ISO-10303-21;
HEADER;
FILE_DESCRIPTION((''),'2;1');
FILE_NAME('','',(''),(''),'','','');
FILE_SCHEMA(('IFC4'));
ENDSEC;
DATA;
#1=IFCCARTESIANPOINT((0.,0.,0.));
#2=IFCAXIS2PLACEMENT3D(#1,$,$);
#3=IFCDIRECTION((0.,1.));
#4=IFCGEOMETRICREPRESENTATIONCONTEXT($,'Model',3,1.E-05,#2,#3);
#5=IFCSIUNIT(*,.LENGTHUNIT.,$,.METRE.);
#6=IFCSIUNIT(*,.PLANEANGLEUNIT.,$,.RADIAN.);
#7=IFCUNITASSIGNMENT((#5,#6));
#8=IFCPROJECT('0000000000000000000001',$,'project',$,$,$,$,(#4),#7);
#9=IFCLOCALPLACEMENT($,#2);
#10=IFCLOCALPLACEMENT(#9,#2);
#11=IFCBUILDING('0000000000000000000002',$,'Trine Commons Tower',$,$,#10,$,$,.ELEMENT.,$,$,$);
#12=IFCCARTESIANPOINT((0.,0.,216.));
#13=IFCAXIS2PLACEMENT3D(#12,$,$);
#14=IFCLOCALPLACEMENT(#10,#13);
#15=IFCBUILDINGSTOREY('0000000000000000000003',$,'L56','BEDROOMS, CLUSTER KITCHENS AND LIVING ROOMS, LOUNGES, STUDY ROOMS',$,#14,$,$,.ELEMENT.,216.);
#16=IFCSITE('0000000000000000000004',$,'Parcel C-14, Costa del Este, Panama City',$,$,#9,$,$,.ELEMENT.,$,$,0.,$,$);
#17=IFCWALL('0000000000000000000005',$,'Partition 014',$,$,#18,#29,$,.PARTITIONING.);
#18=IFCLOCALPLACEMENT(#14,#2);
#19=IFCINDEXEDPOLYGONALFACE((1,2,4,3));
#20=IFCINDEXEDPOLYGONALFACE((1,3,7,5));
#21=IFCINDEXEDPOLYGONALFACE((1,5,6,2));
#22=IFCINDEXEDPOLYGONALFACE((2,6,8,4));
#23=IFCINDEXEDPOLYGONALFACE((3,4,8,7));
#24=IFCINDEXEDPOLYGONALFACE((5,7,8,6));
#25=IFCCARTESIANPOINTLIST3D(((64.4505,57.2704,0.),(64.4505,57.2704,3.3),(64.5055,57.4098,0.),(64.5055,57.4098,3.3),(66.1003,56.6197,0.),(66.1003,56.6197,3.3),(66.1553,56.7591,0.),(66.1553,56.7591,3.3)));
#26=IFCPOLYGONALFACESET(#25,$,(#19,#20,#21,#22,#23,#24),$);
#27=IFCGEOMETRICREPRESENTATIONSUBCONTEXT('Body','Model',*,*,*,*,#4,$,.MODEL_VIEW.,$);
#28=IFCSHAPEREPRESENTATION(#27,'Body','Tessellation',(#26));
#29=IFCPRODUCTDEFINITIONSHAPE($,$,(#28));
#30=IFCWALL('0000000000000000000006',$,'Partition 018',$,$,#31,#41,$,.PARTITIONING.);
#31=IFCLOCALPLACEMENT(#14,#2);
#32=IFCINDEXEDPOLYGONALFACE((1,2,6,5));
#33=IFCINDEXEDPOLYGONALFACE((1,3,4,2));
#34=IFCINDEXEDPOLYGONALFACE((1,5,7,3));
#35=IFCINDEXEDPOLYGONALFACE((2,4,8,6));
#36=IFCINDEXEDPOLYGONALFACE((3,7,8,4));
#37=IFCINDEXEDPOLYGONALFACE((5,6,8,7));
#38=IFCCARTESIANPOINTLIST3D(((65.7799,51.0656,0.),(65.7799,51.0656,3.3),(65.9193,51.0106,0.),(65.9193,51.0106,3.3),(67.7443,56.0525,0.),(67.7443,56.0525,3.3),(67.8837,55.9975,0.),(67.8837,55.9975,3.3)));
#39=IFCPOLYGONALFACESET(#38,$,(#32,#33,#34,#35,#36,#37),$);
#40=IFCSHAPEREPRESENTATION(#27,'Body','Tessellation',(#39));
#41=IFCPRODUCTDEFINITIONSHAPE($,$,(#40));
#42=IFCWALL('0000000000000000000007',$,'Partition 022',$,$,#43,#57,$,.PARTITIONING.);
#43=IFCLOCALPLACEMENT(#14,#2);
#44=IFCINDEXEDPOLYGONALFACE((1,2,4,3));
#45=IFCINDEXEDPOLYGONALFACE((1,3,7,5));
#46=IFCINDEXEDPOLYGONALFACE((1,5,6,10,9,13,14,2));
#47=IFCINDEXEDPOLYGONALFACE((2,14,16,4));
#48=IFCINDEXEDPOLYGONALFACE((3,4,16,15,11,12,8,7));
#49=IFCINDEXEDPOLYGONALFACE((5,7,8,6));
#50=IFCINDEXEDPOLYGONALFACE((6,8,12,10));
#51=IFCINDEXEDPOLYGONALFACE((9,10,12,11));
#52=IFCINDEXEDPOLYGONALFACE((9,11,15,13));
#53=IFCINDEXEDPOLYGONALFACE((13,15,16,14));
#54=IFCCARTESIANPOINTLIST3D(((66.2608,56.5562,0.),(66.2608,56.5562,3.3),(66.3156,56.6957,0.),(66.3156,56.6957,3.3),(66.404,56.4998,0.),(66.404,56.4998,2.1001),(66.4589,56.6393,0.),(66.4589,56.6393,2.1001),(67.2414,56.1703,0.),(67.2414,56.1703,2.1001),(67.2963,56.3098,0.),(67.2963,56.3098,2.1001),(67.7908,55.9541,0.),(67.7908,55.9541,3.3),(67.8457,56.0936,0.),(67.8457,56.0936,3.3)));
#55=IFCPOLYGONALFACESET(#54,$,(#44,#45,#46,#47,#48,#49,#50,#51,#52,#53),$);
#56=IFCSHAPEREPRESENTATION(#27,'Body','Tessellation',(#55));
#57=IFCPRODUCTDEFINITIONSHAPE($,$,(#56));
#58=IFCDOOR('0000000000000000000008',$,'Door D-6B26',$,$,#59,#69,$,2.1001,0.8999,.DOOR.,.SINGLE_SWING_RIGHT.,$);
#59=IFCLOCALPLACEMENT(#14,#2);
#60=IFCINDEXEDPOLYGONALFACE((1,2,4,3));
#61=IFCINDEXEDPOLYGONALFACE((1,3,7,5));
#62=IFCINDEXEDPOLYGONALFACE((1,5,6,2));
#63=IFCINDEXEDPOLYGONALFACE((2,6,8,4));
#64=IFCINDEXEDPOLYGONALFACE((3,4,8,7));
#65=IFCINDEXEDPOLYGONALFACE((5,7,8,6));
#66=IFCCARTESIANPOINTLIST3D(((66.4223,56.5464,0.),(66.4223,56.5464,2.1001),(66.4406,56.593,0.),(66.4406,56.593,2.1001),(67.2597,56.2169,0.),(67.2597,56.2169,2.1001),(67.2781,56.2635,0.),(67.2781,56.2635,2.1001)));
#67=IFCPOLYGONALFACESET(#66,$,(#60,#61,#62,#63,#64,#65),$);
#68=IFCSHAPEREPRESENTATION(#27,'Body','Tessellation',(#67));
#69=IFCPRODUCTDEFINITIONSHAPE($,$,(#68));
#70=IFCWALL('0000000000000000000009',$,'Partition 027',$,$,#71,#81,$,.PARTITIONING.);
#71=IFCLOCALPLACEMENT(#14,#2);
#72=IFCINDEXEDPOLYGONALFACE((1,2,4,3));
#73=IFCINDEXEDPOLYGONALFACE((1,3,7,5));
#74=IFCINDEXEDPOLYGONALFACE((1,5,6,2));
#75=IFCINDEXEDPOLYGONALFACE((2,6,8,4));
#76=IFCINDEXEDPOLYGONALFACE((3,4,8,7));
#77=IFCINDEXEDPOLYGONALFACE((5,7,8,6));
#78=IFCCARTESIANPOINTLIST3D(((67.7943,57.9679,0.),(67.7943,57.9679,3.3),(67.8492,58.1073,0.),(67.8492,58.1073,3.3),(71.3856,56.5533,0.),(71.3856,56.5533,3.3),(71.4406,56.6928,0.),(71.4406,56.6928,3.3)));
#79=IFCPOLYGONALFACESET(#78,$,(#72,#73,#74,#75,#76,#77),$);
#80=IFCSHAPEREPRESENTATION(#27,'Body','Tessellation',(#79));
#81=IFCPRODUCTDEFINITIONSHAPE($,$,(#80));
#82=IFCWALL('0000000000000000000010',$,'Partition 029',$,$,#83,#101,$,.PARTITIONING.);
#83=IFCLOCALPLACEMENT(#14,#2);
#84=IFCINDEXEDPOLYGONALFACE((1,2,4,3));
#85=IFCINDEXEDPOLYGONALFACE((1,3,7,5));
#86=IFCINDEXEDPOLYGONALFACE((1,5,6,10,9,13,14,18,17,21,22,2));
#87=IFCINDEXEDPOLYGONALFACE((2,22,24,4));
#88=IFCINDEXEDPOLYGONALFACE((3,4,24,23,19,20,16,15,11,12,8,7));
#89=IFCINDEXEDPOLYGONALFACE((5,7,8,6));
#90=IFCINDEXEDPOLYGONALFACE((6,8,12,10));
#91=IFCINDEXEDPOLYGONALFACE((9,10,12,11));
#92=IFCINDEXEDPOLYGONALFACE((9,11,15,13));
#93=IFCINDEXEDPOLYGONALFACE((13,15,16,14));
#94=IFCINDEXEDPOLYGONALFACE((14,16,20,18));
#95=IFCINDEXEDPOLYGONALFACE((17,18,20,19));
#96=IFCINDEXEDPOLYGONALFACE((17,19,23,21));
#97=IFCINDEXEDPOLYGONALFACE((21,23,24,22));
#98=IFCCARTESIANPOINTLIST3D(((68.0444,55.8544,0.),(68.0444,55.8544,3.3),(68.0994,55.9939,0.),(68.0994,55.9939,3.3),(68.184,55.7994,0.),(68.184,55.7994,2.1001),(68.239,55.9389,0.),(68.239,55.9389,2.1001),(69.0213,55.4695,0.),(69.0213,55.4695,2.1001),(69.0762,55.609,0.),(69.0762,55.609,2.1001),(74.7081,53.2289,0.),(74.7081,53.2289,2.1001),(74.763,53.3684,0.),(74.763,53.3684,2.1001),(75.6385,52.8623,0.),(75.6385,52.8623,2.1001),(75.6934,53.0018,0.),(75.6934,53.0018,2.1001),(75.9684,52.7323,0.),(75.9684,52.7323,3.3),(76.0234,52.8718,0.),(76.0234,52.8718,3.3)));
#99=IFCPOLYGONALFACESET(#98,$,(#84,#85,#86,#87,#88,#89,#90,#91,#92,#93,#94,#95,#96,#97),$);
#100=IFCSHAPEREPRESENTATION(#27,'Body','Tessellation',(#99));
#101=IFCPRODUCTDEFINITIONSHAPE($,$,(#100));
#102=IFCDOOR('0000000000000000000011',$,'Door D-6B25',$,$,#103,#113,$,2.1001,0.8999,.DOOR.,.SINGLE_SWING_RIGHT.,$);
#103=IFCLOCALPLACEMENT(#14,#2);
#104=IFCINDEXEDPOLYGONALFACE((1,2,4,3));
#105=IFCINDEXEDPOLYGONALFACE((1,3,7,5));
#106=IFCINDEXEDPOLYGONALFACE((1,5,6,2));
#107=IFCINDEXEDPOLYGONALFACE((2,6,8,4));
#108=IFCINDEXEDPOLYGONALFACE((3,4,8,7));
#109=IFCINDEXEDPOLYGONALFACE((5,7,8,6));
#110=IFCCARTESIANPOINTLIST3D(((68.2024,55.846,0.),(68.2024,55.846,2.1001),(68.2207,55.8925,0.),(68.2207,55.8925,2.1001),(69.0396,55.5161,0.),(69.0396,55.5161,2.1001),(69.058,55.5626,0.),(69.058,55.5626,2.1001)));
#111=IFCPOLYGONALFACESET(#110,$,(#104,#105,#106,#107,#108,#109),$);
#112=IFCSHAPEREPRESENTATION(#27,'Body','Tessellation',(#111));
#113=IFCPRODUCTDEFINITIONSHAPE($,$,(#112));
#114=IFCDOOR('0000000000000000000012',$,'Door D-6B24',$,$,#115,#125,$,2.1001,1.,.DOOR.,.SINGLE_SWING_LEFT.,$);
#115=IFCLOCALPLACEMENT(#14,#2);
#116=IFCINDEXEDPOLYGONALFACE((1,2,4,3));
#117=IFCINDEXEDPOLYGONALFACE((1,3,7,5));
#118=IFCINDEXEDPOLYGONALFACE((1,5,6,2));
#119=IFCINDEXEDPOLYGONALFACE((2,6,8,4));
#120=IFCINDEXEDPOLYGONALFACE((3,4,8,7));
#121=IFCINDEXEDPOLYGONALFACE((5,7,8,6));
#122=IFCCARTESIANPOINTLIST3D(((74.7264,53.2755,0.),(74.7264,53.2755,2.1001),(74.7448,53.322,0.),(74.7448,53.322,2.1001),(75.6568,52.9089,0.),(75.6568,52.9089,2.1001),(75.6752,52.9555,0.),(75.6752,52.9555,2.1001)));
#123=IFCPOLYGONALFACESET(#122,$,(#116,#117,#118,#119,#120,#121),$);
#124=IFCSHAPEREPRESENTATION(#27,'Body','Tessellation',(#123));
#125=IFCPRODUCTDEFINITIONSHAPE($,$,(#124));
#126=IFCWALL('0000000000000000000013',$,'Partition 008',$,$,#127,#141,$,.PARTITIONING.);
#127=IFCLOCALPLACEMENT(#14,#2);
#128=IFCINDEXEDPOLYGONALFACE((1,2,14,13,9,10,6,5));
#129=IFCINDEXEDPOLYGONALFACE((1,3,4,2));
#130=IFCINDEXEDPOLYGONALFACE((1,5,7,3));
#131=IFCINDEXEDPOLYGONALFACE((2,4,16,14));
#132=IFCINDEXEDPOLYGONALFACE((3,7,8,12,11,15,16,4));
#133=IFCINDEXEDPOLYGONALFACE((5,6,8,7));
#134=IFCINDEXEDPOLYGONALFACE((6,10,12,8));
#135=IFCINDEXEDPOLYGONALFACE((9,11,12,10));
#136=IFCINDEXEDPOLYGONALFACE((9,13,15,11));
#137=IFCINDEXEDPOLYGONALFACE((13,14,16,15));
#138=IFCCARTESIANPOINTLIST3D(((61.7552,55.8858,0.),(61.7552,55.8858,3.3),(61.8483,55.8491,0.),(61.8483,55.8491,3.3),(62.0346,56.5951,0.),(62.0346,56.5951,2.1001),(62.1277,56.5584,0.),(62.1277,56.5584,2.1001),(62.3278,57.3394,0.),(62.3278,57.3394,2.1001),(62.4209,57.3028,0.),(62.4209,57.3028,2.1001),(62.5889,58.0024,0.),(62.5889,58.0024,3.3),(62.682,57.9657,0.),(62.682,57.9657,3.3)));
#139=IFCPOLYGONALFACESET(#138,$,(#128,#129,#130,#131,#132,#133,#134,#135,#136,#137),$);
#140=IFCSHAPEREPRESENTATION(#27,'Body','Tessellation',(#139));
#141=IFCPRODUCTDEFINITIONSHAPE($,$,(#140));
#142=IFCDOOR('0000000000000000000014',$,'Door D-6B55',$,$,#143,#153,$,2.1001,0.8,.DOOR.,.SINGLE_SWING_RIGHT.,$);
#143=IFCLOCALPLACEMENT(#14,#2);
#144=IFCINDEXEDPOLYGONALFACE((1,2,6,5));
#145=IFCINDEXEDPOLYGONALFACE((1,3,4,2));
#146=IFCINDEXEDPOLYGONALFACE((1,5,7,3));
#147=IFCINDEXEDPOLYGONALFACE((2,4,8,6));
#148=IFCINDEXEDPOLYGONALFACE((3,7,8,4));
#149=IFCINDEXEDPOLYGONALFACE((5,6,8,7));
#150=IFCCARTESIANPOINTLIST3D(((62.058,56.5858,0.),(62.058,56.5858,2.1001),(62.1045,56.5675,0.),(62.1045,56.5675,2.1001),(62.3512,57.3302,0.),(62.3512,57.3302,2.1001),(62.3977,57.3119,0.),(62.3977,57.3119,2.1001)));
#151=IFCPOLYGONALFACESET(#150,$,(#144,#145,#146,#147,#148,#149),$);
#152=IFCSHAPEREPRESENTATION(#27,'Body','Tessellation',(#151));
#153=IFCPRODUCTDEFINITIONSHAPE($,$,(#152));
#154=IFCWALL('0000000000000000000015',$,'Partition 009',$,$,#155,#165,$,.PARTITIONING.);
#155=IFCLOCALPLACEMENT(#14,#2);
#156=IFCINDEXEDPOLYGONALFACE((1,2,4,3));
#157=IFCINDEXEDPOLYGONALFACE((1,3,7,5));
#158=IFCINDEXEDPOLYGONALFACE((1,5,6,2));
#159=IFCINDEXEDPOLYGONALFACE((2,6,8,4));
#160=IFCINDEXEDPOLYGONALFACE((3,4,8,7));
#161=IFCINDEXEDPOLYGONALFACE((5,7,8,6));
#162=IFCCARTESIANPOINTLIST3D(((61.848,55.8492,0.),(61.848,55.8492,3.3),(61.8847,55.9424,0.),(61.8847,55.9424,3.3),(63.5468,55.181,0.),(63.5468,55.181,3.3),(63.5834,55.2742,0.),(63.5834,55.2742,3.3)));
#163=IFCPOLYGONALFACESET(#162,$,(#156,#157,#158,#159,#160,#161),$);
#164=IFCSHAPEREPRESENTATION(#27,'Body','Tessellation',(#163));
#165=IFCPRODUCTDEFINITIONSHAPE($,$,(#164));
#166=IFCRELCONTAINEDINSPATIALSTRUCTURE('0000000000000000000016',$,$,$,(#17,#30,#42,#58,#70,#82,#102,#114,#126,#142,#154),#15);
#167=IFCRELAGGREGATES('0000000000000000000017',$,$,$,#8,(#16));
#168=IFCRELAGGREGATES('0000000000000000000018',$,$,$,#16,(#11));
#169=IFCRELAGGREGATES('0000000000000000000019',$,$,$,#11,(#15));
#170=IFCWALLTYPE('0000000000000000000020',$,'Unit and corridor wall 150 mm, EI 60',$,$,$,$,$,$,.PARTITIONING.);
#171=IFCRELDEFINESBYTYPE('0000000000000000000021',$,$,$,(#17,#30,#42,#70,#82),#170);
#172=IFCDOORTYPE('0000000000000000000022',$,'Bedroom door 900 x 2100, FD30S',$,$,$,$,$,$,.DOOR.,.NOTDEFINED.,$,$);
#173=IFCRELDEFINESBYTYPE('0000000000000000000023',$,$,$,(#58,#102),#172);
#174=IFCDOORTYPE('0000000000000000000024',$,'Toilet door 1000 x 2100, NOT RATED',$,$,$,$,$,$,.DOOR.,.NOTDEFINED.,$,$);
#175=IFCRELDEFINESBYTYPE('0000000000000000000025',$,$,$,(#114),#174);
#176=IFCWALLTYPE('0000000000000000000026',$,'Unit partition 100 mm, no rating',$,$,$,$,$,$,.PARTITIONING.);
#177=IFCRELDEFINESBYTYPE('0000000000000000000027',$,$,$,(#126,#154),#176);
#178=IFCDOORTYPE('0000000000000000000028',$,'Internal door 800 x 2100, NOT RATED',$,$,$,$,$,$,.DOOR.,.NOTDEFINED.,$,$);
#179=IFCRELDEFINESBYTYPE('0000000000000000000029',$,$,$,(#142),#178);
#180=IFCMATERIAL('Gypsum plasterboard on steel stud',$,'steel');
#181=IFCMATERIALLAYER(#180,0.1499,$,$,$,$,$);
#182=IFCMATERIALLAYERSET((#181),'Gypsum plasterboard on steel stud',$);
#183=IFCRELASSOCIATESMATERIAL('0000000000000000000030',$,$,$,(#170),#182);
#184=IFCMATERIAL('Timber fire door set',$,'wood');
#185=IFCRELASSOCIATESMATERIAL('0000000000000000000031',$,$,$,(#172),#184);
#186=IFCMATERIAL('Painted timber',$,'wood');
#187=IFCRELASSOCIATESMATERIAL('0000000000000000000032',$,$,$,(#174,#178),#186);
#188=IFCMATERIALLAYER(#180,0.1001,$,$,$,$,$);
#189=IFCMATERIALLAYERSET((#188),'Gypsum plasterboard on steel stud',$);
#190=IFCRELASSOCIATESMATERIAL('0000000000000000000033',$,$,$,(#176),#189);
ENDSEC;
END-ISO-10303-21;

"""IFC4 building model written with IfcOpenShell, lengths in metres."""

from ifc_helpers import new_model, si_unit, direction, frame, frame_2d, origin, place, context, subcontext, project, spatial, rectangle, extrude, material, layer, layer_set, type_object, element, fill, save


model = new_model("IFC4")

# Units and contexts
model_context = context("Model", 3, precision=1e-05, world=origin(), true_north=direction((0.0, 1.0)))
body_context = subcontext(model_context, "Body", "Model", "MODEL_VIEW")
ifc_project = project(units=[si_unit("LENGTHUNIT", "METRE"), si_unit("PLANEANGLEUNIT", "RADIAN")], contexts=[model_context])

# Site, building, storey
site_placement = place(None, origin())
site = spatial("IfcSite", under=ifc_project, at=site_placement, Name="Parcel C-14, Costa del Este, Panama City", CompositionType="ELEMENT", RefElevation=0.0)
building_placement = place(site_placement, origin())
building = spatial("IfcBuilding", under=site, at=building_placement, Name="Trine Commons Tower", CompositionType="ELEMENT")
storey_placement = place(building_placement, frame((0.0, 0.0, 216.0)))
storey = spatial("IfcBuildingStorey", under=building, at=storey_placement, Name="L56", Description="BEDROOMS, CLUSTER KITCHENS AND LIVING ROOMS, LOUNGES, STUDY ROOMS", CompositionType="ELEMENT", Elevation=216.0)

# Shared definitions
ifc_material_1 = material(Name="Gypsum plasterboard on steel stud", Category="steel")
ifc_layer_1 = layer(ifc_material_1, 0.1499)
ifc_layer_set_1 = layer_set([ifc_layer_1], Name="Gypsum plasterboard on steel stud")
wall_type_1 = type_object("IfcWallType", Name="Unit and corridor wall 150 mm, EI 60", PredefinedType="PARTITIONING", material=ifc_layer_set_1)
ifc_material_2 = material(Name="Timber fire door set", Category="wood")
door_type_1 = type_object("IfcDoorType", Name="Bedroom door 900 x 2100, FD30S", OperationType="NOTDEFINED", PredefinedType="DOOR", material=ifc_material_2)

# Walls
wall_1_placement = place(storey_placement, frame((64.478, 57.3401, 0.0), z_axis=(0.0, 0.0, 1.0), x_axis=(0.93026, -0.3669, 0.0)))
element("IfcWall", 1, at=wall_1_placement, inside=storey, type_object=wall_type_1, Name="Partition 014", PredefinedType="PARTITIONING", context=body_context, shape_type="SweptSolid", body=[
    extrude(rectangle(XDim=1.7734, YDim=0.1499, at=frame_2d((0.8867, 0.0))), origin(), (0.0, 0.0, 1.0), 3.3),
])
wall_2_placement = place(storey_placement, frame((65.8496, 51.0381, 0.0), z_axis=(0.0, 0.0, 1.0), x_axis=(0.366501, 0.930418, 0.0)))
element("IfcWall", 2, at=wall_2_placement, inside=storey, type_object=wall_type_1, Name="Partition 018", PredefinedType="PARTITIONING", context=body_context, shape_type="SweptSolid", body=[
    extrude(rectangle(XDim=5.3599, YDim=0.1499, at=frame_2d((2.6799, 0.0))), origin(), (0.0, 0.0, 1.0), 3.3),
])

# Wall, opening, door
wall_3_placement = place(storey_placement, frame((66.2881, 56.626, 0.0), z_axis=(0.0, 0.0, 1.0), x_axis=(0.930551, -0.366162, 0.0)))
wall_3 = element("IfcWall", 3, at=wall_3_placement, inside=storey, type_object=wall_type_1, Name="Partition 022", PredefinedType="PARTITIONING", context=body_context, shape_type="SweptSolid", body=[
    extrude(rectangle(XDim=1.6443, YDim=0.1499, at=frame_2d((0.8223, 0.0))), origin(), (0.0, 0.0, 1.0), 3.3),
])
opening_1_placement = place(wall_3_placement, frame((0.1541, 0.0, 0.0)))
opening_1 = element("IfcOpeningElement", 4, at=opening_1_placement, cuts=wall_3, PredefinedType="OPENING", context=body_context, shape_type="SweptSolid", body=[
    extrude(rectangle(XDim=0.8999, YDim=2.1001, at=frame_2d((0.45, 1.05))), frame((0.0, 0.085, 0.0), z_axis=(0.0, -1.0, 0.0), x_axis=(1.0, 0.0, 0.0)), (0.0, 0.0, 1.0), 0.1699),
])
door_1_placement = place(opening_1_placement, frame((0.8999, 0.0, 0.0), z_axis=(0.0, 0.0, 1.0), x_axis=(-1.0, 0.0, 0.0)))
door_1 = element("IfcDoor", 5, at=door_1_placement, inside=storey, type_object=door_type_1, Name="Door D-6B26", OperationType="SINGLE_SWING_RIGHT", OverallHeight=2.1001, OverallWidth=0.8999, PredefinedType="DOOR", context=body_context, shape_type="SweptSolid", body=[
    extrude(rectangle(XDim=0.8999, YDim=2.1001, at=frame_2d((0.45, 1.05))), frame((0.0, 0.0249, 0.0), z_axis=(0.0, -1.0, 0.0), x_axis=(1.0, 0.0, 0.0)), (0.0, 0.0, 1.0), 0.05),
])
fill(opening_1, door_1)

# Wall
wall_4_placement = place(storey_placement, frame((67.8218, 58.0376, 0.0), z_axis=(0.0, 0.0, 1.0), x_axis=(0.930427, -0.366478, 0.0)))
element("IfcWall", 6, at=wall_4_placement, inside=storey, type_object=wall_type_1, Name="Partition 027", PredefinedType="PARTITIONING", context=body_context, shape_type="SweptSolid", body=[
    extrude(rectangle(XDim=3.8599, YDim=0.1499, at=frame_2d((1.9299, 0.0))), origin(), (0.0, 0.0, 1.0), 3.3),
])

# Wall, openings, doors
wall_5_placement = place(storey_placement, frame((68.072, 55.9241, 0.0), z_axis=(0.0, 0.0, 1.0), x_axis=(0.93039, -0.366572, 0.0)))
wall_5 = element("IfcWall", 7, at=wall_5_placement, inside=storey, type_object=wall_type_1, Name="Partition 029", PredefinedType="PARTITIONING", context=body_context, shape_type="SweptSolid", body=[
    extrude(rectangle(XDim=8.5168, YDim=0.1499, at=frame_2d((4.2583, 0.0))), origin(), (0.0, 0.0, 1.0), 3.3),
])
opening_2_placement = place(wall_5_placement, frame((7.1621, 0.0, 0.0)))
opening_2 = element("IfcOpeningElement", 8, at=opening_2_placement, cuts=wall_5, PredefinedType="OPENING", context=body_context, shape_type="SweptSolid", body=[
    extrude(rectangle(XDim=1.0, YDim=2.1001, at=frame_2d((0.5, 1.05))), frame((0.0, 0.085, 0.0), z_axis=(0.0, -1.0, 0.0), x_axis=(1.0, 0.0, 0.0)), (0.0, 0.0, 1.0), 0.1699),
])
opening_3_placement = place(wall_5_placement, frame((0.1499, 0.0, 0.0)))
opening_3 = element("IfcOpeningElement", 9, at=opening_3_placement, cuts=wall_5, PredefinedType="OPENING", context=body_context, shape_type="SweptSolid", body=[
    extrude(rectangle(XDim=0.8999, YDim=2.1001, at=frame_2d((0.45, 1.05))), frame((0.0, 0.085, 0.0), z_axis=(0.0, -1.0, 0.0), x_axis=(1.0, 0.0, 0.0)), (0.0, 0.0, 1.0), 0.1699),
])
door_2_placement = place(opening_3_placement, frame((0.8999, 0.0, 0.0), z_axis=(0.0, 0.0, 1.0), x_axis=(-1.0, 0.0, 0.0)))
door_2 = element("IfcDoor", 10, at=door_2_placement, inside=storey, type_object=door_type_1, Name="Door D-6B25", OperationType="SINGLE_SWING_RIGHT", OverallHeight=2.1001, OverallWidth=0.8999, PredefinedType="DOOR", context=body_context, shape_type="SweptSolid", body=[
    extrude(rectangle(XDim=0.8999, YDim=2.1001, at=frame_2d((0.45, 1.05))), frame((0.0, 0.0249, 0.0), z_axis=(0.0, -1.0, 0.0), x_axis=(1.0, 0.0, 0.0)), (0.0, 0.0, 1.0), 0.05),
])
fill(opening_3, door_2)
ifc_material_3 = material(Name="Painted timber", Category="wood")
door_type_2 = type_object("IfcDoorType", Name="Toilet door 1000 x 2100, NOT RATED", OperationType="NOTDEFINED", PredefinedType="DOOR", material=ifc_material_3)
door_3_placement = place(opening_2_placement, frame((1.0, 0.0, 0.0), z_axis=(0.0, 0.0, 1.0), x_axis=(-1.0, 0.0, 0.0)))
door_3 = element("IfcDoor", 11, at=door_3_placement, inside=storey, type_object=door_type_2, Name="Door D-6B24", OperationType="SINGLE_SWING_LEFT", OverallHeight=2.1001, OverallWidth=1.0, PredefinedType="DOOR", context=body_context, shape_type="SweptSolid", body=[
    extrude(rectangle(XDim=1.0, YDim=2.1001, at=frame_2d((0.5, 1.05))), frame((0.0, 0.0249, 0.0), z_axis=(0.0, -1.0, 0.0), x_axis=(1.0, 0.0, 0.0)), (0.0, 0.0, 1.0), 0.05),
])
fill(opening_2, door_3)

# Wall, opening, door
ifc_layer_2 = layer(ifc_material_1, 0.1001)
ifc_layer_set_2 = layer_set([ifc_layer_2], Name="Gypsum plasterboard on steel stud")
wall_type_2 = type_object("IfcWallType", Name="Unit partition 100 mm, no rating", PredefinedType="PARTITIONING", material=ifc_layer_set_2)
wall_6_placement = place(storey_placement, frame((61.8018, 55.8674, 0.0), z_axis=(0.0, 0.0, 1.0), x_axis=(0.366482, 0.930425, 0.0)))
wall_6 = element("IfcWall", 12, at=wall_6_placement, inside=storey, type_object=wall_type_2, Name="Partition 008", PredefinedType="PARTITIONING", context=body_context, shape_type="SweptSolid", body=[
    extrude(rectangle(XDim=2.2749, YDim=0.1001, at=frame_2d((1.1375, 0.0))), origin(), (0.0, 0.0, 1.0), 3.3),
])
opening_4_placement = place(wall_6_placement, frame((0.7625, 0.0, 0.0)))
opening_4 = element("IfcOpeningElement", 13, at=opening_4_placement, cuts=wall_6, PredefinedType="OPENING", context=body_context, shape_type="SweptSolid", body=[
    extrude(rectangle(XDim=0.8, YDim=2.1001, at=frame_2d((0.3999, 1.05))), frame((0.0, 0.0601, 0.0), z_axis=(0.0, -1.0, 0.0), x_axis=(1.0, 0.0, 0.0)), (0.0, 0.0, 1.0), 0.1201),
])
door_type_3 = type_object("IfcDoorType", Name="Internal door 800 x 2100, NOT RATED", OperationType="NOTDEFINED", PredefinedType="DOOR", material=ifc_material_3)
door_4_placement = place(opening_4_placement, origin())
door_4 = element("IfcDoor", 14, at=door_4_placement, inside=storey, type_object=door_type_3, Name="Door D-6B55", OperationType="SINGLE_SWING_RIGHT", OverallHeight=2.1001, OverallWidth=0.8, PredefinedType="DOOR", context=body_context, shape_type="SweptSolid", body=[
    extrude(rectangle(XDim=0.8, YDim=2.1001, at=frame_2d((0.3999, 1.05))), frame((0.0, 0.0249, 0.0), z_axis=(0.0, -1.0, 0.0), x_axis=(1.0, 0.0, 0.0)), (0.0, 0.0, 1.0), 0.05),
])
fill(opening_4, door_4)

# Wall
wall_7_placement = place(storey_placement, frame((61.8665, 55.8958, 0.0), z_axis=(0.0, 0.0, 1.0), x_axis=(0.930592, -0.366058, 0.0)))
element("IfcWall", 15, at=wall_7_placement, inside=storey, type_object=wall_type_2, Name="Partition 009", PredefinedType="PARTITIONING", context=body_context, shape_type="SweptSolid", body=[
    extrude(rectangle(XDim=1.8254, YDim=0.1001, at=frame_2d((0.9126, 0.0))), origin(), (0.0, 0.0, 1.0), 3.3),
])

save(model, "model.ifc")
